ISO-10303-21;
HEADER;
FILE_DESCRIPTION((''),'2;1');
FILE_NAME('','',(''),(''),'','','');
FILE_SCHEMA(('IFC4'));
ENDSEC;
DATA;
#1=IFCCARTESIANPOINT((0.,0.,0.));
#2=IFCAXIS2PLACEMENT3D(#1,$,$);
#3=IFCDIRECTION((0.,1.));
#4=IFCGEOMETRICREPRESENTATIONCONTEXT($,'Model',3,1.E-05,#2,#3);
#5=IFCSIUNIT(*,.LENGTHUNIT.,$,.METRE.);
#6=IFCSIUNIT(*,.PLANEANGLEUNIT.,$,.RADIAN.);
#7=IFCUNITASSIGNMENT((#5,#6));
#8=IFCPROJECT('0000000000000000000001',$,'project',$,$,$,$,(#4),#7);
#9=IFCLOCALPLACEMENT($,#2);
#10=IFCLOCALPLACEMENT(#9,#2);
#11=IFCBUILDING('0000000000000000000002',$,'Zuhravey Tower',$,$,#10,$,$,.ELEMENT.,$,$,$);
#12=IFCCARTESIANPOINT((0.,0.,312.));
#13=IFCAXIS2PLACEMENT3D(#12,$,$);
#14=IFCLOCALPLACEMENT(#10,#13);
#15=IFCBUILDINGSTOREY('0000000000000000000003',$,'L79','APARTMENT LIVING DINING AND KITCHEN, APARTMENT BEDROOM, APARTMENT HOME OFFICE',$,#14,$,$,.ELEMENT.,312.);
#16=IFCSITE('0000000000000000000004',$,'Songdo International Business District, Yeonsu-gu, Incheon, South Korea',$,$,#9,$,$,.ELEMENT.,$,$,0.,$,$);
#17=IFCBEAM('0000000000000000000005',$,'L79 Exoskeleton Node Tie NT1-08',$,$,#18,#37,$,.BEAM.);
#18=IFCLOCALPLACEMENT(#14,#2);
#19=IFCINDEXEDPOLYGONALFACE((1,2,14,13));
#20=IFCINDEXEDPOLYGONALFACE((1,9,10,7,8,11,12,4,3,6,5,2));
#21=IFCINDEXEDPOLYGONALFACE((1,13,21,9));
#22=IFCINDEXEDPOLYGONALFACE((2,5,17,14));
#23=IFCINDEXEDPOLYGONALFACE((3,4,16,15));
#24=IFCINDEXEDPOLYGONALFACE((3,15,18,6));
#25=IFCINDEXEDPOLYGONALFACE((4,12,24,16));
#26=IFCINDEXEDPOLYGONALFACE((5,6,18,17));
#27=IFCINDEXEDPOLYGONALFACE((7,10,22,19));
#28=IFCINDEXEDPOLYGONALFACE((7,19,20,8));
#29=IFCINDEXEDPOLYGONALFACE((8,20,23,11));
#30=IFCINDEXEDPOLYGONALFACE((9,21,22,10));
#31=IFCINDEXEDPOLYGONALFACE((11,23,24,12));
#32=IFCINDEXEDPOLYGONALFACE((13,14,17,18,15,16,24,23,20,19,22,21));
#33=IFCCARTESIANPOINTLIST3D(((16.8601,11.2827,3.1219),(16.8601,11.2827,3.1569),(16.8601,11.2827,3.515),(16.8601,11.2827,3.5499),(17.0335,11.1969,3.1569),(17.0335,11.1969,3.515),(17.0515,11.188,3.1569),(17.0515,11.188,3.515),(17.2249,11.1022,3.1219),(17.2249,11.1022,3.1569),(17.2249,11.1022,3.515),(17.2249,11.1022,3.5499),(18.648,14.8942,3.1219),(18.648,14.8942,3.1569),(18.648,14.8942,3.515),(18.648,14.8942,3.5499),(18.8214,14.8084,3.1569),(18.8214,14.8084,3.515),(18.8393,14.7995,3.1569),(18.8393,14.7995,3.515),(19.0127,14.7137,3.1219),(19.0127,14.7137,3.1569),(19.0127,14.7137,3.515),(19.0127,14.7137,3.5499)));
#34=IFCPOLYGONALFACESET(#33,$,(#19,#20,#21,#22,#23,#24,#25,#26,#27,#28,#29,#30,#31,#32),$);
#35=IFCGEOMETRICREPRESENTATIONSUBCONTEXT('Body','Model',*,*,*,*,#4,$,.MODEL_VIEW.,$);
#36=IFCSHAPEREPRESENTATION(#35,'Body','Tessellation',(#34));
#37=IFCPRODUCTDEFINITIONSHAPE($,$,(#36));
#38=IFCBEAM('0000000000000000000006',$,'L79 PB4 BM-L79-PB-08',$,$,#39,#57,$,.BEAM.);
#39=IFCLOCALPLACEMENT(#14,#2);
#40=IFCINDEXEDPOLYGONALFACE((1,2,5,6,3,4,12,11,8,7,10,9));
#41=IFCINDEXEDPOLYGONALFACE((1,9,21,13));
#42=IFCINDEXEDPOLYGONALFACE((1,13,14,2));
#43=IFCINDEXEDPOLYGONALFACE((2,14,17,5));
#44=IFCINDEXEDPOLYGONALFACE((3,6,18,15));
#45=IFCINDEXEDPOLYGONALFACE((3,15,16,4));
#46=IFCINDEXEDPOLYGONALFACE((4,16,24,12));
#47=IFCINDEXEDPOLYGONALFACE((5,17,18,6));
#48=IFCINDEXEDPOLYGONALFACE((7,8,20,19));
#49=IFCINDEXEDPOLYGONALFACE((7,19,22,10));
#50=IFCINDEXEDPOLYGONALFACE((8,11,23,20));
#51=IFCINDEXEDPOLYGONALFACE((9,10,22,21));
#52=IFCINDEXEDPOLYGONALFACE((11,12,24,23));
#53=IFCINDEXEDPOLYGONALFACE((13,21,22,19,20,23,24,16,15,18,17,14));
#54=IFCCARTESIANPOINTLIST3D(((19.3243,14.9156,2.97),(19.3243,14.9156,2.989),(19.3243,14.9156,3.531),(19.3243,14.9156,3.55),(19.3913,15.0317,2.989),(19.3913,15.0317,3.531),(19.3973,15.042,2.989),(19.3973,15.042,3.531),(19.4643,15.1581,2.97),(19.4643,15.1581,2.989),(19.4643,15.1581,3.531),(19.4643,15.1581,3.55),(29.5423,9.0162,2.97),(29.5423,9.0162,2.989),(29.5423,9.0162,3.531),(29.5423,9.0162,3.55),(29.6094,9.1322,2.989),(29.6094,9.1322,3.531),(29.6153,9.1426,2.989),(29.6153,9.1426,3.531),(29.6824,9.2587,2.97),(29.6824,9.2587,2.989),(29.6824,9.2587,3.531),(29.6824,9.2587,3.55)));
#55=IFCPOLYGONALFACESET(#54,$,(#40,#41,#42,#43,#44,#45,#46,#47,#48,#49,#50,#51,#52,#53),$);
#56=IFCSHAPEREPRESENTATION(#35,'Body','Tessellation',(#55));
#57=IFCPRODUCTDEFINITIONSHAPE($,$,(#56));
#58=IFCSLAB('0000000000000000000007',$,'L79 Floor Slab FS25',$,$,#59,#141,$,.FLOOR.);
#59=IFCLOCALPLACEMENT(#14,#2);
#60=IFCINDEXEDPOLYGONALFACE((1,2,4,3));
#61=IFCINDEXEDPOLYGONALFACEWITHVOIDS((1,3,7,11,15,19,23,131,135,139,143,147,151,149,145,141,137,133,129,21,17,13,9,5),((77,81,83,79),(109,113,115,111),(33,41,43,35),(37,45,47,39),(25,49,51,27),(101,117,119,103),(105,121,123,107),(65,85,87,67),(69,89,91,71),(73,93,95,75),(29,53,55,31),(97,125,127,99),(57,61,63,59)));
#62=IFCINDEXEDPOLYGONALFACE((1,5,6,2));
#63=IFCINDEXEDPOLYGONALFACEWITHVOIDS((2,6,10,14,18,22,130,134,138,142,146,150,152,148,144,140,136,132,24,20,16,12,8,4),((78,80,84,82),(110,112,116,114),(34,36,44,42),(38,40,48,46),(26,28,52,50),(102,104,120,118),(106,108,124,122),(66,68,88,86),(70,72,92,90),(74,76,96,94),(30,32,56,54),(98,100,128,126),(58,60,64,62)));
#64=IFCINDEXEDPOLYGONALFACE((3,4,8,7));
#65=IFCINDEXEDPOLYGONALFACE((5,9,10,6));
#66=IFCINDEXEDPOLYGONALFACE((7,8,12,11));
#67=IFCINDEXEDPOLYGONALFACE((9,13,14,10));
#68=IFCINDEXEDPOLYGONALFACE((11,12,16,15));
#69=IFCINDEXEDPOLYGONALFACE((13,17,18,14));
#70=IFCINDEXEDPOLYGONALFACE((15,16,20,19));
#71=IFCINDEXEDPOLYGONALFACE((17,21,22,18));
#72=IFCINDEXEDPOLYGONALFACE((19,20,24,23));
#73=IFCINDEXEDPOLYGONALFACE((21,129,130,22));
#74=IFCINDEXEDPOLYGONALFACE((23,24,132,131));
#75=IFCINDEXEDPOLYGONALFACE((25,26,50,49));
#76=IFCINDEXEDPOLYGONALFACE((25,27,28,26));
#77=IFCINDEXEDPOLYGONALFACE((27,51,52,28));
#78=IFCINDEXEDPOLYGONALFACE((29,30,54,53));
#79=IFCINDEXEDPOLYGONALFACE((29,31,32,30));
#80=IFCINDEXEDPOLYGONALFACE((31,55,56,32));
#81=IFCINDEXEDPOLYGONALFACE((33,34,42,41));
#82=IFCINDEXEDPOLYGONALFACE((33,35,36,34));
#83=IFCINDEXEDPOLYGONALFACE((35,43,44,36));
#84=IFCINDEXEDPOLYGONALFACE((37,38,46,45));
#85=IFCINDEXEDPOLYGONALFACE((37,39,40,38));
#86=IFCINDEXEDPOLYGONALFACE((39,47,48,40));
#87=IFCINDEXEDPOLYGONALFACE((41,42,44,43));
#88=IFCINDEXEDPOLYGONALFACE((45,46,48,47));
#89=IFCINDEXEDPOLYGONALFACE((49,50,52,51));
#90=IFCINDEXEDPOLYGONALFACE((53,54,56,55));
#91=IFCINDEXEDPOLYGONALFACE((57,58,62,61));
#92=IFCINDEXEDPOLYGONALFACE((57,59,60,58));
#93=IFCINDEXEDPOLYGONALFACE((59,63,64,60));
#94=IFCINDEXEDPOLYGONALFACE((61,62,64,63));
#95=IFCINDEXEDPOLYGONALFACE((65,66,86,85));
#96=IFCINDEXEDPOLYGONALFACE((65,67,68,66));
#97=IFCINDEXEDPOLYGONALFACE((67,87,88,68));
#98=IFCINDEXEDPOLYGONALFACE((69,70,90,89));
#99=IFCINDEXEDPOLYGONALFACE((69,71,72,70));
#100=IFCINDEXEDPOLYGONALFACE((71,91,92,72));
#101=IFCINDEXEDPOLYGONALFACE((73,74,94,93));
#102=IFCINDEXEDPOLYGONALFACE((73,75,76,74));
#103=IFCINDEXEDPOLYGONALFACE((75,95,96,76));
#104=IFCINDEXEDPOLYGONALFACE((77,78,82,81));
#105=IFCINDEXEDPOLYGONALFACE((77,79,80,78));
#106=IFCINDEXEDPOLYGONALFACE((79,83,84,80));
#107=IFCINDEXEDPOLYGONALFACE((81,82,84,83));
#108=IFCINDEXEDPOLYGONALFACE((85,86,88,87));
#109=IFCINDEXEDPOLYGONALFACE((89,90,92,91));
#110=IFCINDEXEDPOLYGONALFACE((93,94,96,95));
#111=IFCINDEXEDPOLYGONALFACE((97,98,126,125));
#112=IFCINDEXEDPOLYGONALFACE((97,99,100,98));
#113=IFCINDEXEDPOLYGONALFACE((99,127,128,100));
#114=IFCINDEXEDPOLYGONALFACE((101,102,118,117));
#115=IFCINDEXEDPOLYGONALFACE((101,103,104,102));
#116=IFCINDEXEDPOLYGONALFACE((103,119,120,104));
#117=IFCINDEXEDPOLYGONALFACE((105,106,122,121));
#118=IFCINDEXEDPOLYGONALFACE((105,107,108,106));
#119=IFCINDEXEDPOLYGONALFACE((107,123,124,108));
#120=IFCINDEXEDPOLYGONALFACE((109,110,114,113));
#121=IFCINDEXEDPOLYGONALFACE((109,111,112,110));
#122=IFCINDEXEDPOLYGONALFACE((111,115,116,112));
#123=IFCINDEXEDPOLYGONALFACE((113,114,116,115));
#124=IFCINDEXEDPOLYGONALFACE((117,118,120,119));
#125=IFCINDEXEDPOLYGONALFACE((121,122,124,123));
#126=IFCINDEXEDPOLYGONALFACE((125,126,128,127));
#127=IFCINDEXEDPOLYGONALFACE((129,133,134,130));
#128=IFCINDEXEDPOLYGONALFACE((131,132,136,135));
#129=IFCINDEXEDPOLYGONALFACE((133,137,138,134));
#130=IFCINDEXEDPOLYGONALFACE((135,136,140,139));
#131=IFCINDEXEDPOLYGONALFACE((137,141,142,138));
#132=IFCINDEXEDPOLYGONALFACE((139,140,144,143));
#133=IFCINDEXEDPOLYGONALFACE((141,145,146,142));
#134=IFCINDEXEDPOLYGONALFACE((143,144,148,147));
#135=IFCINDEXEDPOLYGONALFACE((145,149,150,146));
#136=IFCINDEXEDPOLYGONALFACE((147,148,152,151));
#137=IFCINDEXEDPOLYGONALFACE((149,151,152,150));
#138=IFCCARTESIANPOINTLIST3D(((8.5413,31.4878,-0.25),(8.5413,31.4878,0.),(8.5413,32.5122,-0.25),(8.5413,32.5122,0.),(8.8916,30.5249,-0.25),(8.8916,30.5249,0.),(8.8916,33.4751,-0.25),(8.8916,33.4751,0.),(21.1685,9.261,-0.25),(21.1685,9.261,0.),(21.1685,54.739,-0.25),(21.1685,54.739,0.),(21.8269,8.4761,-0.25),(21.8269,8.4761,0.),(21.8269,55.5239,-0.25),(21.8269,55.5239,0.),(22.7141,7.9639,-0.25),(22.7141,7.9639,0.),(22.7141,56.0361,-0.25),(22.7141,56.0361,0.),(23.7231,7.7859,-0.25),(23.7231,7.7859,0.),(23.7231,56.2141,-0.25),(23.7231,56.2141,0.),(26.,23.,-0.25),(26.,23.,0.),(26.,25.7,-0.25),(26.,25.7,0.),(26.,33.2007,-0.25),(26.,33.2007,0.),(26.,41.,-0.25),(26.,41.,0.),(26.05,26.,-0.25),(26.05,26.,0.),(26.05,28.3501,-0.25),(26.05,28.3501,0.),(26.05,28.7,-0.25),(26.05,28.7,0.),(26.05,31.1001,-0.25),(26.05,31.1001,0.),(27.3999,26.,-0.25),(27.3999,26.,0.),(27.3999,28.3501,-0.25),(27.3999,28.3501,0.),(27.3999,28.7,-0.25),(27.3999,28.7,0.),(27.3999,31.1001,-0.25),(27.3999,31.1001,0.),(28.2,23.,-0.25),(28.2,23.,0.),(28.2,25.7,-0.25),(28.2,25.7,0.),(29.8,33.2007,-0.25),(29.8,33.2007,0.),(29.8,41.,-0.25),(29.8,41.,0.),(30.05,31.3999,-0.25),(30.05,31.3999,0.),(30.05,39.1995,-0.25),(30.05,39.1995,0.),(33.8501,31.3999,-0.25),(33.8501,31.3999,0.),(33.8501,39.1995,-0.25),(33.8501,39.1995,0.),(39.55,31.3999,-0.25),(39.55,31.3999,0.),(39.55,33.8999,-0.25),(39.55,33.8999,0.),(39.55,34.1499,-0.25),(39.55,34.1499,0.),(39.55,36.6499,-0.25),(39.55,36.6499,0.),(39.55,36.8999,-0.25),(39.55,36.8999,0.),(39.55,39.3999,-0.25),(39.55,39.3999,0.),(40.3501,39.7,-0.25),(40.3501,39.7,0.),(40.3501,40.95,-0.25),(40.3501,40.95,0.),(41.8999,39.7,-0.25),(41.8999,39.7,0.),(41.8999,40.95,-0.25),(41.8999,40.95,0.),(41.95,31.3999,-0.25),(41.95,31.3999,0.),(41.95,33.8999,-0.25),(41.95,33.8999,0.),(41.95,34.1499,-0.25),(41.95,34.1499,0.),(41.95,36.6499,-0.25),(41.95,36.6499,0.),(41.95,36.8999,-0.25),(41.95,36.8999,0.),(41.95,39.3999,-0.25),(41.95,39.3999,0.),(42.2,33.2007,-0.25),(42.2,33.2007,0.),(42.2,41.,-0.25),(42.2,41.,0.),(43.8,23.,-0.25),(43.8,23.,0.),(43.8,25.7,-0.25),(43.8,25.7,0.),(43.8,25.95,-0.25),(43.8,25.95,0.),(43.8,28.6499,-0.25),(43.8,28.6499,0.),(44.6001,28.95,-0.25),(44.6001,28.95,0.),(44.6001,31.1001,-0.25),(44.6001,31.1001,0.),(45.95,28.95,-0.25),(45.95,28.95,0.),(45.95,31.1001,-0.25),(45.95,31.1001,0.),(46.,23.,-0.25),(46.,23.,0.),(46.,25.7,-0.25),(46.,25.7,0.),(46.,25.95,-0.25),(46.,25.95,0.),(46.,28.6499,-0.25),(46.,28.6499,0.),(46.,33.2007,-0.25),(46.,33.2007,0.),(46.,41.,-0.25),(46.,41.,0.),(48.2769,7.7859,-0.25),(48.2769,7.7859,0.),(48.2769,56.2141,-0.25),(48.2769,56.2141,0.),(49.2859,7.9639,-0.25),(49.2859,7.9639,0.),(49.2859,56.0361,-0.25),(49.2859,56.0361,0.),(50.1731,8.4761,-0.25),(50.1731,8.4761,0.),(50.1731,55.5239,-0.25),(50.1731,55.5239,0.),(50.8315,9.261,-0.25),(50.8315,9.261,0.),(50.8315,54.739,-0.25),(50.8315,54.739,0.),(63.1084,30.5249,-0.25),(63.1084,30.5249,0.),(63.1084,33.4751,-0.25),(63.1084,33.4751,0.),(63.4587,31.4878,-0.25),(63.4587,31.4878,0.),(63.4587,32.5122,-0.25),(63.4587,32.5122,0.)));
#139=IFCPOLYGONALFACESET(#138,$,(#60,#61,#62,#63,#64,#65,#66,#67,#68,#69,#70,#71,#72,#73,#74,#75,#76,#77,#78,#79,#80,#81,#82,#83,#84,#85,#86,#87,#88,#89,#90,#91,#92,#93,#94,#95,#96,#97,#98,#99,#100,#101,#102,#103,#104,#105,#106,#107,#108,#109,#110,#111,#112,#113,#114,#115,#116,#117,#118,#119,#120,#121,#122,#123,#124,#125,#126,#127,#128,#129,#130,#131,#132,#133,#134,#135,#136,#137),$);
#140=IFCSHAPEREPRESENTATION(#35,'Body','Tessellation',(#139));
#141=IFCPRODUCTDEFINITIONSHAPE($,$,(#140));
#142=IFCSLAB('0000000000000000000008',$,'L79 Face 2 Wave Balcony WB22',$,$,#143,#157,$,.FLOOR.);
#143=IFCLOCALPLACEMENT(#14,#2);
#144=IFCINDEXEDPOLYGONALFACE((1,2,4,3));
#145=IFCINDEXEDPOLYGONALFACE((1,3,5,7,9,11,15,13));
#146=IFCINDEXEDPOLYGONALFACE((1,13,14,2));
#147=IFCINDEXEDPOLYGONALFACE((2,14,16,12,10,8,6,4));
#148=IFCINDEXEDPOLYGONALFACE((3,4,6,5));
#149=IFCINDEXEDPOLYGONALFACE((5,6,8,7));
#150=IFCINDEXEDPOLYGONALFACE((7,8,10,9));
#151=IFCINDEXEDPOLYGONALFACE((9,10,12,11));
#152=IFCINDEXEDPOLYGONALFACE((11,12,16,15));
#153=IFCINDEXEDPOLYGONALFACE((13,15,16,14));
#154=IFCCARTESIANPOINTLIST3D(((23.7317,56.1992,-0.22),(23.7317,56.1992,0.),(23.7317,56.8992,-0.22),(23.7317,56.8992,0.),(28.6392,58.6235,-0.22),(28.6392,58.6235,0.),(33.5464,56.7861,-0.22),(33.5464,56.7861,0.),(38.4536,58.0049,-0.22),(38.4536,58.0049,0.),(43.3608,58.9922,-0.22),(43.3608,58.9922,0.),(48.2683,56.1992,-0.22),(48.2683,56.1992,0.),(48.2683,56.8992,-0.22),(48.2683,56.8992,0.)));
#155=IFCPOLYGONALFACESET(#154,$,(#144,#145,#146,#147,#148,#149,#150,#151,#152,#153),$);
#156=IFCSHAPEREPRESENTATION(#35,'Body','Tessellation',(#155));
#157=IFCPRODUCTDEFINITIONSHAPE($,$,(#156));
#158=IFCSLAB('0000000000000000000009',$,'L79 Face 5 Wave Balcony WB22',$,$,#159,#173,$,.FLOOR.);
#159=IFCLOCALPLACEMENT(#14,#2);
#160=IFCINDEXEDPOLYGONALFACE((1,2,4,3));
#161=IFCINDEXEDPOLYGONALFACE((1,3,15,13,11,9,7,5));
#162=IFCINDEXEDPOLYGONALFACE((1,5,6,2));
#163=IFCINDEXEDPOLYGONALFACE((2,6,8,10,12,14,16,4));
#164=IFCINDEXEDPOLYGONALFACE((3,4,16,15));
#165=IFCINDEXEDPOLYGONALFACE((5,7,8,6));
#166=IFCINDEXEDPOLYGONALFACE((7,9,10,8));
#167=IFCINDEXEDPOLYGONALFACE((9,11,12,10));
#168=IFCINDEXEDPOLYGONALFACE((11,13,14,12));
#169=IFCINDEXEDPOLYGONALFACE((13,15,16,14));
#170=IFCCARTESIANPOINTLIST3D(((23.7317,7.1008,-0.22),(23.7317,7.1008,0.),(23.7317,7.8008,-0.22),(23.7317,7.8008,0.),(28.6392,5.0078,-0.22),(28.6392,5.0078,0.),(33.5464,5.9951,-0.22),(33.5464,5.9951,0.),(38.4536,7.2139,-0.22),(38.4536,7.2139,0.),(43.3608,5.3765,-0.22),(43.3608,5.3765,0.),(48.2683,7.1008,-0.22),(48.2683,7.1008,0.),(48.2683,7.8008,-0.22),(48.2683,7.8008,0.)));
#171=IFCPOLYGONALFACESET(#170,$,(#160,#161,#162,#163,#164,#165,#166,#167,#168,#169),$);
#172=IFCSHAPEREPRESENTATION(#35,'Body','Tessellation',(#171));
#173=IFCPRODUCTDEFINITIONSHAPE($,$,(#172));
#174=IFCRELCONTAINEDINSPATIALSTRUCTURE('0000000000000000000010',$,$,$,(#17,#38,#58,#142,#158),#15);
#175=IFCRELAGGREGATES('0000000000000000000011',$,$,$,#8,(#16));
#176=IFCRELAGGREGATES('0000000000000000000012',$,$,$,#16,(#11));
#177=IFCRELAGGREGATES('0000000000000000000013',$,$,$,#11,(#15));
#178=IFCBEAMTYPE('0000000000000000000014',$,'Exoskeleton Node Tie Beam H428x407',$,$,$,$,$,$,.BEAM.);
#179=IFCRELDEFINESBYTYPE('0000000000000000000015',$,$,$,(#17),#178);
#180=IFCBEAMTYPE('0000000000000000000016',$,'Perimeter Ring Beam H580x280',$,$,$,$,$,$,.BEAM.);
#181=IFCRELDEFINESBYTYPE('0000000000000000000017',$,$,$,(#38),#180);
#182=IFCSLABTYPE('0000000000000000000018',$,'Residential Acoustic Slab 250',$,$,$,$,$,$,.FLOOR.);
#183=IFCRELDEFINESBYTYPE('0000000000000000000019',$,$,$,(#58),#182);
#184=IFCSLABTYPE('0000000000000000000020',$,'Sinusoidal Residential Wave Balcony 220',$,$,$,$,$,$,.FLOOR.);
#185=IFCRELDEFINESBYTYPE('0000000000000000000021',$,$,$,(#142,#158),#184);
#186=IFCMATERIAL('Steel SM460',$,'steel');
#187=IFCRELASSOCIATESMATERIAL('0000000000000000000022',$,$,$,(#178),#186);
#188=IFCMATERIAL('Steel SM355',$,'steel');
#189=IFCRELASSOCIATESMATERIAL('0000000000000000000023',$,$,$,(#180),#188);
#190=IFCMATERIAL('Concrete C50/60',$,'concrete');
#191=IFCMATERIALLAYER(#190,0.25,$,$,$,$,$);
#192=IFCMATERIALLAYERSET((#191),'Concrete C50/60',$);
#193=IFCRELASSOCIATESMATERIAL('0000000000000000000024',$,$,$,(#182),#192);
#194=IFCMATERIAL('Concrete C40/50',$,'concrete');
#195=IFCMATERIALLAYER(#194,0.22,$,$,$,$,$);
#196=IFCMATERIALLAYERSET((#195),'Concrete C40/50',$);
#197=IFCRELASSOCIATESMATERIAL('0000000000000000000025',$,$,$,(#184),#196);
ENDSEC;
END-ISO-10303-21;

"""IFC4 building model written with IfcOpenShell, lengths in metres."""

from ifc_helpers import new_model, si_unit, direction, frame, origin, origin_2d, place, context, subcontext, project, spatial, polyline, i_section, outline, extrude, material, layer, layer_set, material_profile, profile_set, type_object, element, save


model = new_model("IFC4")

# Units and contexts
model_context = context("Model", 3, precision=1e-05, world=origin(), true_north=direction((0.0, 1.0)))
body_context = subcontext(model_context, "Body", "Model", "MODEL_VIEW")
ifc_project = project(units=[si_unit("LENGTHUNIT", "METRE"), si_unit("PLANEANGLEUNIT", "RADIAN")], contexts=[model_context])

# Site, building, storey
site_placement = place(None, origin())
site = spatial("IfcSite", under=ifc_project, at=site_placement, Name="Songdo International Business District, Yeonsu-gu, Incheon, South Korea", CompositionType="ELEMENT", RefElevation=0.0)
building_placement = place(site_placement, origin())
building = spatial("IfcBuilding", under=site, at=building_placement, Name="Zuhravey Tower", CompositionType="ELEMENT")
storey_placement = place(building_placement, frame((0.0, 0.0, 312.0)))
storey = spatial("IfcBuildingStorey", under=building, at=storey_placement, Name="L79", Description="APARTMENT LIVING DINING AND KITCHEN, APARTMENT BEDROOM, APARTMENT HOME OFFICE", CompositionType="ELEMENT", Elevation=312.0)

# Shared definitions
ifc_material_1 = material(Name="Concrete C50/60", Category="concrete")

# Beams
ifc_material_2 = material(Name="Steel SM460", Category="steel")
ifc_material_profile_1 = material_profile(ifc_material_2, i_section(OverallWidth=0.407, OverallDepth=0.428, WebThickness=0.02, FlangeThickness=0.0349, at=origin_2d()), Name="H-428x407x20x35")
ifc_profile_set_1 = profile_set([ifc_material_profile_1], Name="Steel SM460")
beam_type_1 = type_object("IfcBeamType", Name="Exoskeleton Node Tie Beam H428x407", PredefinedType="BEAM", material=ifc_profile_set_1)
beam_1_placement = place(storey_placement, frame((18.8303, 14.804, 3.3359), z_axis=(-0.443648, -0.896201, 0.0), x_axis=(0.896201, -0.443648, 0.0)))
element("IfcBeam", 1, at=beam_1_placement, inside=storey, type_object=beam_type_1, Name="L79 Exoskeleton Node Tie NT1-08", PredefinedType="BEAM", context=body_context, shape_type="SweptSolid", body=[
    extrude(i_section(OverallWidth=0.407, OverallDepth=0.428, WebThickness=0.02, FlangeThickness=0.0349, at=origin_2d()), origin(), (0.0, 0.0, 1.0), 4.0298),
])
ifc_material_3 = material(Name="Steel SM355", Category="steel")
ifc_material_profile_2 = material_profile(ifc_material_3, i_section(OverallWidth=0.28, OverallDepth=0.5801, WebThickness=0.012, FlangeThickness=0.019, at=origin_2d()), Name="H-580x280x12x19")
ifc_profile_set_2 = profile_set([ifc_material_profile_2], Name="Steel SM355")
beam_type_2 = type_object("IfcBeamType", Name="Perimeter Ring Beam H580x280", PredefinedType="BEAM", material=ifc_profile_set_2)
beam_2_placement = place(storey_placement, frame((19.3943, 15.0369, 3.26), z_axis=(0.866024, -0.500002, 0.0), x_axis=(0.500002, 0.866024, 0.0)))
element("IfcBeam", 2, at=beam_2_placement, inside=storey, type_object=beam_type_2, Name="L79 PB4 BM-L79-PB-08", PredefinedType="BEAM", context=body_context, shape_type="SweptSolid", body=[
    extrude(i_section(OverallWidth=0.28, OverallDepth=0.5801, WebThickness=0.012, FlangeThickness=0.019, at=origin_2d()), origin(), (0.0, 0.0, 1.0), 11.7988),
])

# Slabs
ifc_layer_1 = layer(ifc_material_1, 0.25)
ifc_layer_set_1 = layer_set([ifc_layer_1], Name="Concrete C50/60")
slab_type_1 = type_object("IfcSlabType", Name="Residential Acoustic Slab 250", PredefinedType="FLOOR", material=ifc_layer_set_1)
slab_1_placement = place(storey_placement, frame((0.0, 0.0, -0.25)))
element("IfcSlab", 3, at=slab_1_placement, inside=storey, type_object=slab_type_1, Name="L79 Floor Slab FS25", PredefinedType="FLOOR", context=body_context, shape_type="SweptSolid", body=[
    extrude(outline(polyline([(63.1084, 30.5249), (63.4587, 31.4878), (63.4587, 32.5122), (63.1084, 33.4751), (50.8315, 54.739), (50.1731, 55.5239), (49.2859, 56.0361), (48.2769, 56.2141), (23.7231, 56.2141), (22.7141, 56.0361), (21.8269, 55.5239), (21.1685, 54.739), (8.8916, 33.4751), (8.5413, 32.5122), (8.5413, 31.4878), (8.8916, 30.5249), (21.1685, 9.261), (21.8269, 8.4761), (22.7141, 7.9639), (23.7231, 7.7859), (48.2769, 7.7859), (49.2859, 7.9639), (50.1731, 8.4761), (50.8315, 9.261), (63.1084, 30.5249)]), holes=[polyline([(29.8, 33.2007), (29.8, 41.0), (26.0, 41.0), (26.0, 33.2007), (29.8, 33.2007)]), polyline([(46.0, 33.2007), (46.0, 41.0), (42.2, 41.0), (42.2, 33.2007), (46.0, 33.2007)]), polyline([(30.05, 39.1995), (30.05, 31.3999), (33.8501, 31.3999), (33.8501, 39.1995), (30.05, 39.1995)]), polyline([(39.55, 31.3999), (41.95, 31.3999), (41.95, 33.8999), (39.55, 33.8999), (39.55, 31.3999)]), polyline([(39.55, 34.1499), (41.95, 34.1499), (41.95, 36.6499), (39.55, 36.6499), (39.55, 34.1499)]), polyline([(39.55, 36.8999), (41.95, 36.8999), (41.95, 39.3999), (39.55, 39.3999), (39.55, 36.8999)]), polyline([(26.0, 23.0), (28.2, 23.0), (28.2, 25.7), (26.0, 25.7), (26.0, 23.0)]), polyline([(43.8, 23.0), (46.0, 23.0), (46.0, 25.7), (43.8, 25.7), (43.8, 23.0)]), polyline([(43.8, 25.95), (46.0, 25.95), (46.0, 28.6499), (43.8, 28.6499), (43.8, 25.95)]), polyline([(26.05, 26.0), (27.3999, 26.0), (27.3999, 28.3501), (26.05, 28.3501), (26.05, 26.0)]), polyline([(26.05, 28.7), (27.3999, 28.7), (27.3999, 31.1001), (26.05, 31.1001), (26.05, 28.7)]), polyline([(44.6001, 28.95), (45.95, 28.95), (45.95, 31.1001), (44.6001, 31.1001), (44.6001, 28.95)]), polyline([(40.3501, 39.7), (41.8999, 39.7), (41.8999, 40.95), (40.3501, 40.95), (40.3501, 39.7)])]), origin(), (0.0, 0.0, 1.0), 0.25),
])
ifc_material_4 = material(Name="Concrete C40/50", Category="concrete")
ifc_layer_2 = layer(ifc_material_4, 0.22)
ifc_layer_set_2 = layer_set([ifc_layer_2], Name="Concrete C40/50")
slab_type_2 = type_object("IfcSlabType", Name="Sinusoidal Residential Wave Balcony 220", PredefinedType="FLOOR", material=ifc_layer_set_2)
slab_2_placement = place(storey_placement, frame((0.0, 0.0, -0.22)))
element("IfcSlab", 4, at=slab_2_placement, inside=storey, type_object=slab_type_2, Name="L79 Face 2 Wave Balcony WB22", PredefinedType="FLOOR", context=body_context, shape_type="SweptSolid", body=[
    extrude(outline(polyline([(48.2683, 56.1992), (23.7317, 56.1992), (23.7317, 56.8992), (28.6392, 58.6235), (33.5464, 56.7861), (38.4536, 58.0049), (43.3608, 58.9922), (48.2683, 56.8992), (48.2683, 56.1992)])), origin(), (0.0, 0.0, 1.0), 0.22),
])
slab_3_placement = place(storey_placement, frame((0.0, 0.0, -0.22)))
element("IfcSlab", 5, at=slab_3_placement, inside=storey, type_object=slab_type_2, Name="L79 Face 5 Wave Balcony WB22", PredefinedType="FLOOR", context=body_context, shape_type="SweptSolid", body=[
    extrude(outline(polyline([(23.7317, 7.8008), (48.2683, 7.8008), (48.2683, 7.1008), (43.3608, 5.3765), (38.4536, 7.2139), (33.5464, 5.9951), (28.6392, 5.0078), (23.7317, 7.1008), (23.7317, 7.8008)])), origin(), (0.0, 0.0, 1.0), 0.22),
])

save(model, "model.ifc")
